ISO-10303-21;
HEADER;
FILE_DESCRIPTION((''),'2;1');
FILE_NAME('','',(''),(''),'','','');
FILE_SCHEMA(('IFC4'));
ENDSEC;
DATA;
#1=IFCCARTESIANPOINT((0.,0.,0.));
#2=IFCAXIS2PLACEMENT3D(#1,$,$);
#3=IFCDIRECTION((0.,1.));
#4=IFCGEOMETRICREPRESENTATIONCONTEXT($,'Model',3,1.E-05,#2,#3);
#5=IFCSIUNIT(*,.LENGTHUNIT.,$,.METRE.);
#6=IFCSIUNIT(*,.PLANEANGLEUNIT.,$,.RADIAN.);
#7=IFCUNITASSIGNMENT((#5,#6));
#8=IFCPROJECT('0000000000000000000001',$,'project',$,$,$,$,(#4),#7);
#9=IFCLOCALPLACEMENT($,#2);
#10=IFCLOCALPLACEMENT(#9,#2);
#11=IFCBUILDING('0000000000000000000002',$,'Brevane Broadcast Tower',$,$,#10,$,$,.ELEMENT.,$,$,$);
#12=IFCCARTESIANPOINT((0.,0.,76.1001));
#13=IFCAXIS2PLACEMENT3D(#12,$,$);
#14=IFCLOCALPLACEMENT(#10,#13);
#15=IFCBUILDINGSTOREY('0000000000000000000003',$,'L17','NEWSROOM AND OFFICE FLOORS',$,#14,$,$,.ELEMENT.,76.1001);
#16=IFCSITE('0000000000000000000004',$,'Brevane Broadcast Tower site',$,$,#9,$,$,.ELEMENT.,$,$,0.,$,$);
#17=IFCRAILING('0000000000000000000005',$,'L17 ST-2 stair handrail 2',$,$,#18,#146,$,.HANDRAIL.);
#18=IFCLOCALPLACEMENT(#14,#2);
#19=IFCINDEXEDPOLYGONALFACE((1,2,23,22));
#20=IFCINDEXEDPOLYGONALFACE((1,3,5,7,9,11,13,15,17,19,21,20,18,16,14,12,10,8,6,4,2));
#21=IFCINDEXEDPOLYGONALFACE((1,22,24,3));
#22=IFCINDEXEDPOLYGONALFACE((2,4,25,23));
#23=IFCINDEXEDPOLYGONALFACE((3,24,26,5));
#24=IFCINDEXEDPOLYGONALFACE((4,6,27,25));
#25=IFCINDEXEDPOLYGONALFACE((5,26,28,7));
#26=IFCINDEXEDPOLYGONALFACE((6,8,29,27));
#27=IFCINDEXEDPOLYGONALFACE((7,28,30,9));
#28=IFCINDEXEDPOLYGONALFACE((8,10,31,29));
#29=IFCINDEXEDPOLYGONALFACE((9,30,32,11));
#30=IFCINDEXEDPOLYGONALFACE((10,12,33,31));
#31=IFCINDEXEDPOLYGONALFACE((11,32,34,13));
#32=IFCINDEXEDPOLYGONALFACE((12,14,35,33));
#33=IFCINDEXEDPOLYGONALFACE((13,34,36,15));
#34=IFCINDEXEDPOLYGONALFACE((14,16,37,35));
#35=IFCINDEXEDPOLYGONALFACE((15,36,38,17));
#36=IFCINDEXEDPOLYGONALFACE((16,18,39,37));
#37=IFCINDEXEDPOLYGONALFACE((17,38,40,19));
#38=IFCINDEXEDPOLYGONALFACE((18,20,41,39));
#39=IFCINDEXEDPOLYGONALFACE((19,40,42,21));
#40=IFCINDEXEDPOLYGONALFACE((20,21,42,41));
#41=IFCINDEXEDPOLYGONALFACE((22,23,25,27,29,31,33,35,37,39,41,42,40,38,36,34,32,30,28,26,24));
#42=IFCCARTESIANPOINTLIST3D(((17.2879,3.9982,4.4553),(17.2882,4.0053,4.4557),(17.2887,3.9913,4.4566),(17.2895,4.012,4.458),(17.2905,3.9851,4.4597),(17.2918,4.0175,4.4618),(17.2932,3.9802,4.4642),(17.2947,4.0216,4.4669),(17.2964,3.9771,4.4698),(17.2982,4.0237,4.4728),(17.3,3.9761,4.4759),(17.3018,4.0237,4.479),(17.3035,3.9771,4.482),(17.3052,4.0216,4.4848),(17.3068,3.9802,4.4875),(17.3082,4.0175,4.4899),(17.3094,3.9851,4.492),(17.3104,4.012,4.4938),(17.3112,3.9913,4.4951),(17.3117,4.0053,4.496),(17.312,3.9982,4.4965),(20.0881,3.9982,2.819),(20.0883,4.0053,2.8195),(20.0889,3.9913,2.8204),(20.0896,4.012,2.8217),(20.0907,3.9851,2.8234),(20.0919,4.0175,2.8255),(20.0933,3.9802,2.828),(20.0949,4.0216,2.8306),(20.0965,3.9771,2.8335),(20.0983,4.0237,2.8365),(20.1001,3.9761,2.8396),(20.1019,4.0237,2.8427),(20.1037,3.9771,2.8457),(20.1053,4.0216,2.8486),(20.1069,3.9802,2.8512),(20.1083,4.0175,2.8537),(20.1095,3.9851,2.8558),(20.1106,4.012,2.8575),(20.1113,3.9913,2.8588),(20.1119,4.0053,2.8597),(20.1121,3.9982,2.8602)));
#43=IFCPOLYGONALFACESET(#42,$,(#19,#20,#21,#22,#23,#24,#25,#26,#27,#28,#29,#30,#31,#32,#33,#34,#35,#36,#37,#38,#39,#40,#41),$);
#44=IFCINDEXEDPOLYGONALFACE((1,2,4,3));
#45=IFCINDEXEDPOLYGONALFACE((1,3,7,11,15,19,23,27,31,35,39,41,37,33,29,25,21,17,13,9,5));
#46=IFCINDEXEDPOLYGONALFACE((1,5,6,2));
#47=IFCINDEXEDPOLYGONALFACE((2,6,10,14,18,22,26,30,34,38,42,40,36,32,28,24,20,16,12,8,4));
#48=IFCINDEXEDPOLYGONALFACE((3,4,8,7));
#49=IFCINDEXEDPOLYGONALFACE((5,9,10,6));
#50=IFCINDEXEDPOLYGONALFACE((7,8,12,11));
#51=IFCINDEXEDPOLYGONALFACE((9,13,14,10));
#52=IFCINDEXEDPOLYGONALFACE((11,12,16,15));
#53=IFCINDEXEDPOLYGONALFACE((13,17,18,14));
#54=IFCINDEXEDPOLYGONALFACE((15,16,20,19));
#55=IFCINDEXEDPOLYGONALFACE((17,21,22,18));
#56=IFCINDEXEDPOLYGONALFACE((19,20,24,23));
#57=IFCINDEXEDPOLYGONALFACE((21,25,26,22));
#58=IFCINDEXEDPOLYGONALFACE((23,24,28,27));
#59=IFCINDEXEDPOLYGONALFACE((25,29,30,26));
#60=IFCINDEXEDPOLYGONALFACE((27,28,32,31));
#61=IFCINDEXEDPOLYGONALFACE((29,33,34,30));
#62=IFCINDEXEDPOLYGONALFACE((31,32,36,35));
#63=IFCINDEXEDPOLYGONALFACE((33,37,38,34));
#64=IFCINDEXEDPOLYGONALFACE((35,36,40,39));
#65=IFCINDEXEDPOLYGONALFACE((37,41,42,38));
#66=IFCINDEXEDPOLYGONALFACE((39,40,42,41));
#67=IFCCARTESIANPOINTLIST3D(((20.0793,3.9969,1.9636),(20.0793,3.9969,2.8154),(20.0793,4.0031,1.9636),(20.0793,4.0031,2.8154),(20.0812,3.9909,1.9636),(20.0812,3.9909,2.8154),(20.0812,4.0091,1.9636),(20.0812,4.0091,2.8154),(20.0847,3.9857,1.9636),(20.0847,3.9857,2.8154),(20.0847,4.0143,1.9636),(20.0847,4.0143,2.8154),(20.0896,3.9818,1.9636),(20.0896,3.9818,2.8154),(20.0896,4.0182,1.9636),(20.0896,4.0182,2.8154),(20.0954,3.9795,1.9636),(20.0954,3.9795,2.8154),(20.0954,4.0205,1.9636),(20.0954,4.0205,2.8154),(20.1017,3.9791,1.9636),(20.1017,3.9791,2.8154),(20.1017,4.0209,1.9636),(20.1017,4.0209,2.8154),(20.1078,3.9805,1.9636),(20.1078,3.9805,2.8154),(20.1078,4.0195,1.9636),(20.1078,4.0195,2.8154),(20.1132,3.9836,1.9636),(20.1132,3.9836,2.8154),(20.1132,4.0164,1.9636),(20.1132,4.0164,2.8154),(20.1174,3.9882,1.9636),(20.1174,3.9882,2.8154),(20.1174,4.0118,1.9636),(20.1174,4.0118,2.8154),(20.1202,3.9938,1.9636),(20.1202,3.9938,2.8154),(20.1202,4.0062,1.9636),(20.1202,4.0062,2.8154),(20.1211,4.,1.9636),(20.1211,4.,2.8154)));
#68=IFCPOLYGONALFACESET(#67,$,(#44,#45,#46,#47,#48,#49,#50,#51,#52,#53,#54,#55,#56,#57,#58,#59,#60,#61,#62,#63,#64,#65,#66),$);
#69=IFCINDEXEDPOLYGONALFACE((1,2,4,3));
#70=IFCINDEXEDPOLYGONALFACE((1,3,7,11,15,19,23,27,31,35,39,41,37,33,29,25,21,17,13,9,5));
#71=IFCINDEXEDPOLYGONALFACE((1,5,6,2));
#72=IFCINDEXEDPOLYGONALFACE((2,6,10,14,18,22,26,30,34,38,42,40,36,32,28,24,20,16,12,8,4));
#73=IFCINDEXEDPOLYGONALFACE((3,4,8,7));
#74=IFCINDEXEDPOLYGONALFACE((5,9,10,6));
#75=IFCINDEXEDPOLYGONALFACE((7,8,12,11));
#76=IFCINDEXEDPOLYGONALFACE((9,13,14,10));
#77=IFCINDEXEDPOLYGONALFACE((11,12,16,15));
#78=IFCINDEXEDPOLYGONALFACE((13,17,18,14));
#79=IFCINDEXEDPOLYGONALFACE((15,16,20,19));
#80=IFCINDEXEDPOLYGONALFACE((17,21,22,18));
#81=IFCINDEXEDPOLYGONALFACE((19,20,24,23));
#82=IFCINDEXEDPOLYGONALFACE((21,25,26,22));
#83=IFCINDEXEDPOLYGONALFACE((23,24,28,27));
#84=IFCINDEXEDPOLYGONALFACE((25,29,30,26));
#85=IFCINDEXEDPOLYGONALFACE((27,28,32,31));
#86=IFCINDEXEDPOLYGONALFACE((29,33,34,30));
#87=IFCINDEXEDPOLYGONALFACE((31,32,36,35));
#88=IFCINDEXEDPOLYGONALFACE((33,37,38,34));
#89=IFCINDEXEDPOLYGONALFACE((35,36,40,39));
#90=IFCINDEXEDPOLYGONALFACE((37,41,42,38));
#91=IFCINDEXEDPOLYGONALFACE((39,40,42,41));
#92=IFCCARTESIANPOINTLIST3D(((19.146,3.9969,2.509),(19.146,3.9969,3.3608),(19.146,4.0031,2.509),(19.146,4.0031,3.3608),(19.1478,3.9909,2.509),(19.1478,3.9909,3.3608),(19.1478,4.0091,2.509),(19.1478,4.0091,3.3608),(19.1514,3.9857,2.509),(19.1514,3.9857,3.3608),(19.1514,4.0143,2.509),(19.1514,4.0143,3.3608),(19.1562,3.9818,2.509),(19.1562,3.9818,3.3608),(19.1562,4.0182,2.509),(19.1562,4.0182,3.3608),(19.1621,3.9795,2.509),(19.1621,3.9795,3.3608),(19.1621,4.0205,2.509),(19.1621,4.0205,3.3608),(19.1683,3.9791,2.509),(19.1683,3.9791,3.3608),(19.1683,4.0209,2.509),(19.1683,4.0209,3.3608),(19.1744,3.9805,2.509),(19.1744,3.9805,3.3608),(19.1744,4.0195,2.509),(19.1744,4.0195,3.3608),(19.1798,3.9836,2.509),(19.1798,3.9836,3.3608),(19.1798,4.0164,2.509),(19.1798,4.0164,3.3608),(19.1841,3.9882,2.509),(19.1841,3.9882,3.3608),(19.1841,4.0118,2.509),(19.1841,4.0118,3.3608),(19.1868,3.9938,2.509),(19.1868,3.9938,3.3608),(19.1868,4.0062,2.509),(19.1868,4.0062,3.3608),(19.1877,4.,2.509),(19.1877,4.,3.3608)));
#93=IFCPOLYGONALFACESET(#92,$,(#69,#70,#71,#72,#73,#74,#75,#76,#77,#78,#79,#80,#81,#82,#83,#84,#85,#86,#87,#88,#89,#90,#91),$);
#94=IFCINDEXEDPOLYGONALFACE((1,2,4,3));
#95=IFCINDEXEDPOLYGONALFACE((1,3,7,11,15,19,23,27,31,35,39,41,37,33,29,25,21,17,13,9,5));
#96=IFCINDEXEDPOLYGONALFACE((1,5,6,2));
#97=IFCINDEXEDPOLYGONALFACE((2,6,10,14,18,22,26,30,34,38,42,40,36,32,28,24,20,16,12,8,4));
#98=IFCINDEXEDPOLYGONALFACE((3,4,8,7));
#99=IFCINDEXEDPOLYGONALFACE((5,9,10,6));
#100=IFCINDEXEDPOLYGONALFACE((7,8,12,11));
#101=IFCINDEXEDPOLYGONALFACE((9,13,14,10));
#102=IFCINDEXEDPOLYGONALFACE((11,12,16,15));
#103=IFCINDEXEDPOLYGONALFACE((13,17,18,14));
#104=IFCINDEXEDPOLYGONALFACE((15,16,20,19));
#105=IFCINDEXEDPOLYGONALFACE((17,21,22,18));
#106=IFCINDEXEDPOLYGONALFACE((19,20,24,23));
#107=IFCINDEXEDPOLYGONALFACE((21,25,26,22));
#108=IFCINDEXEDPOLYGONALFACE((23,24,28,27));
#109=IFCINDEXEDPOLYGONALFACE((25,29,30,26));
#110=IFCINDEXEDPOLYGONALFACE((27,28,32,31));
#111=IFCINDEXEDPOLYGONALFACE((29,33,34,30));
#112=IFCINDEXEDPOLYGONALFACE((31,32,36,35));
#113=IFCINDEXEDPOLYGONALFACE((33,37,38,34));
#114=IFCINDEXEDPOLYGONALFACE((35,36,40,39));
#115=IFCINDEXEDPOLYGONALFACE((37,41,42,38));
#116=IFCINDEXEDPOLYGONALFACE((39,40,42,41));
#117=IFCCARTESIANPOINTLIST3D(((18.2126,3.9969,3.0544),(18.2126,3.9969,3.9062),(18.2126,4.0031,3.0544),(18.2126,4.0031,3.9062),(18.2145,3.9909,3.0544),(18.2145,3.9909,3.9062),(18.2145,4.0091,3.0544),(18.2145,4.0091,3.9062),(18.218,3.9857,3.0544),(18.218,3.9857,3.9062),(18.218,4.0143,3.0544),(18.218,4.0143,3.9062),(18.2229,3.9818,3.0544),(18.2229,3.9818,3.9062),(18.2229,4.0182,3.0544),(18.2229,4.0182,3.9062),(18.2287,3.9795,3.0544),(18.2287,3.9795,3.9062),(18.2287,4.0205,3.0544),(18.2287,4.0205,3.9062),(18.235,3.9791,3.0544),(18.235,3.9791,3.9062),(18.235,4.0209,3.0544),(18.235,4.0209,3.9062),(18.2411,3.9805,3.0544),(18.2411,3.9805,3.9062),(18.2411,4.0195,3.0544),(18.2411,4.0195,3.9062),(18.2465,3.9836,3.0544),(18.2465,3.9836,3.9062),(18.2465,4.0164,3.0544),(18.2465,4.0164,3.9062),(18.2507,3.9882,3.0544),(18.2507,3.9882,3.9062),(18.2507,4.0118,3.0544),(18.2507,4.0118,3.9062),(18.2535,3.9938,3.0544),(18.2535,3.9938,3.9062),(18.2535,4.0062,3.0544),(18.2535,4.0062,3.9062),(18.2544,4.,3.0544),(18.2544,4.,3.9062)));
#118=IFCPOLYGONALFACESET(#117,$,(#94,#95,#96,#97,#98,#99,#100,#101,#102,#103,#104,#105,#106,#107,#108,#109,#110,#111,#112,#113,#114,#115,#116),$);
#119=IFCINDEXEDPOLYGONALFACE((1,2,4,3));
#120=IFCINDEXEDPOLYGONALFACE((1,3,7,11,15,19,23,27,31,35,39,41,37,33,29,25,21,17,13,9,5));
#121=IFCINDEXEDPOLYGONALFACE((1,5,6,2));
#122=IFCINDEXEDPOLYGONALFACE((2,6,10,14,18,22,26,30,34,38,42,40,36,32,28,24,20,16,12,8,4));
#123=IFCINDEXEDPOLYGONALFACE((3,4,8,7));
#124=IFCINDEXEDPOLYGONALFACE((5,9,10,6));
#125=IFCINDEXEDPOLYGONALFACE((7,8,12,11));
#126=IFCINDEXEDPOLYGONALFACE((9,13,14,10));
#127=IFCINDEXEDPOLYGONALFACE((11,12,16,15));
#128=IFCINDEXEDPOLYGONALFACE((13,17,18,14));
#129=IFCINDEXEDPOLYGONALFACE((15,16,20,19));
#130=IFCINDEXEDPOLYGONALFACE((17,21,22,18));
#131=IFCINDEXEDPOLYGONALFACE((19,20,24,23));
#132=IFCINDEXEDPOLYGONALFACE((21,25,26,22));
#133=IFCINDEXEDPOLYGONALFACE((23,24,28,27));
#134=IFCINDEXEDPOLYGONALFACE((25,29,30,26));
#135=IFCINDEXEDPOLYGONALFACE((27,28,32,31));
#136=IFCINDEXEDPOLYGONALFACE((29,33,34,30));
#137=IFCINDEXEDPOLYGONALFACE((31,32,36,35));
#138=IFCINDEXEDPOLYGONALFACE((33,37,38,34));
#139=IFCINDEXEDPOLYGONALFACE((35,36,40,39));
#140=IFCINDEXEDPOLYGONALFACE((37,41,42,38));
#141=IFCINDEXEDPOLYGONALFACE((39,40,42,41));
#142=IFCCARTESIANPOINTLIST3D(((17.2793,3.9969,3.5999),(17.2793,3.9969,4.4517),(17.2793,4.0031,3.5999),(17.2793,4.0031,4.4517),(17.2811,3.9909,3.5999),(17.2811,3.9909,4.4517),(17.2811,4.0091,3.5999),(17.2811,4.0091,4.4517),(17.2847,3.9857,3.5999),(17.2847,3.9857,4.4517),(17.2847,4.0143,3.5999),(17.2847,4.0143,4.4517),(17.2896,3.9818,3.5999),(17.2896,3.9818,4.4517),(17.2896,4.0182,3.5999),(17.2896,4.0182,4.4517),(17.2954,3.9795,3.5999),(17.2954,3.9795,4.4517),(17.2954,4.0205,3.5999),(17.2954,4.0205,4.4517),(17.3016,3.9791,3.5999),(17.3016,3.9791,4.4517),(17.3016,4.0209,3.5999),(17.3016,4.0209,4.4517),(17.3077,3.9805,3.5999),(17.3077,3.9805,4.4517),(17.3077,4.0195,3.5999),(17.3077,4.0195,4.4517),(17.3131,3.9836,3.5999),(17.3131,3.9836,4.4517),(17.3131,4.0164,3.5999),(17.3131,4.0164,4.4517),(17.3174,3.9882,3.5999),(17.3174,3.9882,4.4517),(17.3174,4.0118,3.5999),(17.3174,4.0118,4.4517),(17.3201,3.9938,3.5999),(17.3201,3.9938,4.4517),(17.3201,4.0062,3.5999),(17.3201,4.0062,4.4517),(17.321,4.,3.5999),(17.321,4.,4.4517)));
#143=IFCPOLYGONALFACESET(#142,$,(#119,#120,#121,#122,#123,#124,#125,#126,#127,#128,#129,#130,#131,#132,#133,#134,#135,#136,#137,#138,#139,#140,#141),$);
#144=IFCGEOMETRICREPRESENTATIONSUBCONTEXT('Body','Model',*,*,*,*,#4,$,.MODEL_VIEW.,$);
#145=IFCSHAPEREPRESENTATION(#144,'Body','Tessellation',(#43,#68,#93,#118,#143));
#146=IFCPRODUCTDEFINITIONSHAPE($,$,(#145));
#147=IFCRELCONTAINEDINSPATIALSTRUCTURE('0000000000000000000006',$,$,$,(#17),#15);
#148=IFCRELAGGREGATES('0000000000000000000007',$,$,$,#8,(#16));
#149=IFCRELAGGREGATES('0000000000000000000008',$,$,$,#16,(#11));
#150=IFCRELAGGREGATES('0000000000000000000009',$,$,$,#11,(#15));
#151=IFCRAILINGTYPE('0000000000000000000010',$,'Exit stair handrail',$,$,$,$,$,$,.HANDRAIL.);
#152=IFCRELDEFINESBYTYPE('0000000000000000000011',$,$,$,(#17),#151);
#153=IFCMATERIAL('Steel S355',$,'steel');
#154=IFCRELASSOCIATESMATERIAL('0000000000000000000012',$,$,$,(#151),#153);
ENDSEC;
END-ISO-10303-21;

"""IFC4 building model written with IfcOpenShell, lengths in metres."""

from ifc_helpers import new_model, si_unit, direction, frame, origin, origin_2d, place, context, subcontext, project, spatial, circle, extrude, material, type_object, element, save


model = new_model("IFC4")

# Units and contexts
model_context = context("Model", 3, precision=1e-05, world=origin(), true_north=direction((0.0, 1.0)))
body_context = subcontext(model_context, "Body", "Model", "MODEL_VIEW")
ifc_project = project(units=[si_unit("LENGTHUNIT", "METRE"), si_unit("PLANEANGLEUNIT", "RADIAN")], contexts=[model_context])

# Site, building, storey
site_placement = place(None, origin())
site = spatial("IfcSite", under=ifc_project, at=site_placement, Name="Brevane Broadcast Tower site", CompositionType="ELEMENT", RefElevation=0.0)
building_placement = place(site_placement, origin())
building = spatial("IfcBuilding", under=site, at=building_placement, Name="Brevane Broadcast Tower", CompositionType="ELEMENT")
storey_placement = place(building_placement, frame((0.0, 0.0, 76.1001)))
storey = spatial("IfcBuildingStorey", under=building, at=storey_placement, Name="L17", Description="NEWSROOM AND OFFICE FLOORS", CompositionType="ELEMENT", Elevation=76.1001)

# Railing
ifc_material_1 = material(Name="Steel S355", Category="steel")
railing_type_1 = type_object("IfcRailingType", Name="Exit stair handrail", PredefinedType="HANDRAIL", material=ifc_material_1)
railing_1_placement = place(storey_placement, frame((20.1001, 4.0, 1.9636)))
element("IfcRailing", 1, at=railing_1_placement, inside=storey, type_object=railing_type_1, Name="L17 ST-2 stair handrail 2", PredefinedType="HANDRAIL", context=body_context, shape_type="SweptSolid", body=[
    extrude(circle(Radius=0.0239, at=origin_2d()), frame((0.0, 0.0, 0.876), z_axis=(-0.863394, 0.0, 0.504531), x_axis=(0.0, -1.0, 0.0)), (0.0, 0.0, 1.0), 3.2432),
    extrude(circle(Radius=0.021, at=origin_2d()), origin(), (0.0, 0.0, 1.0), 0.8518),
    extrude(circle(Radius=0.021, at=origin_2d()), frame((-0.9333, 0.0, 0.5454)), (0.0, 0.0, 1.0), 0.8518),
    extrude(circle(Radius=0.021, at=origin_2d()), frame((-1.8667, 0.0, 1.0908)), (0.0, 0.0, 1.0), 0.8518),
    extrude(circle(Radius=0.021, at=origin_2d()), frame((-2.8, 0.0, 1.6362)), (0.0, 0.0, 1.0), 0.8518),
])

save(model, "model.ifc")
